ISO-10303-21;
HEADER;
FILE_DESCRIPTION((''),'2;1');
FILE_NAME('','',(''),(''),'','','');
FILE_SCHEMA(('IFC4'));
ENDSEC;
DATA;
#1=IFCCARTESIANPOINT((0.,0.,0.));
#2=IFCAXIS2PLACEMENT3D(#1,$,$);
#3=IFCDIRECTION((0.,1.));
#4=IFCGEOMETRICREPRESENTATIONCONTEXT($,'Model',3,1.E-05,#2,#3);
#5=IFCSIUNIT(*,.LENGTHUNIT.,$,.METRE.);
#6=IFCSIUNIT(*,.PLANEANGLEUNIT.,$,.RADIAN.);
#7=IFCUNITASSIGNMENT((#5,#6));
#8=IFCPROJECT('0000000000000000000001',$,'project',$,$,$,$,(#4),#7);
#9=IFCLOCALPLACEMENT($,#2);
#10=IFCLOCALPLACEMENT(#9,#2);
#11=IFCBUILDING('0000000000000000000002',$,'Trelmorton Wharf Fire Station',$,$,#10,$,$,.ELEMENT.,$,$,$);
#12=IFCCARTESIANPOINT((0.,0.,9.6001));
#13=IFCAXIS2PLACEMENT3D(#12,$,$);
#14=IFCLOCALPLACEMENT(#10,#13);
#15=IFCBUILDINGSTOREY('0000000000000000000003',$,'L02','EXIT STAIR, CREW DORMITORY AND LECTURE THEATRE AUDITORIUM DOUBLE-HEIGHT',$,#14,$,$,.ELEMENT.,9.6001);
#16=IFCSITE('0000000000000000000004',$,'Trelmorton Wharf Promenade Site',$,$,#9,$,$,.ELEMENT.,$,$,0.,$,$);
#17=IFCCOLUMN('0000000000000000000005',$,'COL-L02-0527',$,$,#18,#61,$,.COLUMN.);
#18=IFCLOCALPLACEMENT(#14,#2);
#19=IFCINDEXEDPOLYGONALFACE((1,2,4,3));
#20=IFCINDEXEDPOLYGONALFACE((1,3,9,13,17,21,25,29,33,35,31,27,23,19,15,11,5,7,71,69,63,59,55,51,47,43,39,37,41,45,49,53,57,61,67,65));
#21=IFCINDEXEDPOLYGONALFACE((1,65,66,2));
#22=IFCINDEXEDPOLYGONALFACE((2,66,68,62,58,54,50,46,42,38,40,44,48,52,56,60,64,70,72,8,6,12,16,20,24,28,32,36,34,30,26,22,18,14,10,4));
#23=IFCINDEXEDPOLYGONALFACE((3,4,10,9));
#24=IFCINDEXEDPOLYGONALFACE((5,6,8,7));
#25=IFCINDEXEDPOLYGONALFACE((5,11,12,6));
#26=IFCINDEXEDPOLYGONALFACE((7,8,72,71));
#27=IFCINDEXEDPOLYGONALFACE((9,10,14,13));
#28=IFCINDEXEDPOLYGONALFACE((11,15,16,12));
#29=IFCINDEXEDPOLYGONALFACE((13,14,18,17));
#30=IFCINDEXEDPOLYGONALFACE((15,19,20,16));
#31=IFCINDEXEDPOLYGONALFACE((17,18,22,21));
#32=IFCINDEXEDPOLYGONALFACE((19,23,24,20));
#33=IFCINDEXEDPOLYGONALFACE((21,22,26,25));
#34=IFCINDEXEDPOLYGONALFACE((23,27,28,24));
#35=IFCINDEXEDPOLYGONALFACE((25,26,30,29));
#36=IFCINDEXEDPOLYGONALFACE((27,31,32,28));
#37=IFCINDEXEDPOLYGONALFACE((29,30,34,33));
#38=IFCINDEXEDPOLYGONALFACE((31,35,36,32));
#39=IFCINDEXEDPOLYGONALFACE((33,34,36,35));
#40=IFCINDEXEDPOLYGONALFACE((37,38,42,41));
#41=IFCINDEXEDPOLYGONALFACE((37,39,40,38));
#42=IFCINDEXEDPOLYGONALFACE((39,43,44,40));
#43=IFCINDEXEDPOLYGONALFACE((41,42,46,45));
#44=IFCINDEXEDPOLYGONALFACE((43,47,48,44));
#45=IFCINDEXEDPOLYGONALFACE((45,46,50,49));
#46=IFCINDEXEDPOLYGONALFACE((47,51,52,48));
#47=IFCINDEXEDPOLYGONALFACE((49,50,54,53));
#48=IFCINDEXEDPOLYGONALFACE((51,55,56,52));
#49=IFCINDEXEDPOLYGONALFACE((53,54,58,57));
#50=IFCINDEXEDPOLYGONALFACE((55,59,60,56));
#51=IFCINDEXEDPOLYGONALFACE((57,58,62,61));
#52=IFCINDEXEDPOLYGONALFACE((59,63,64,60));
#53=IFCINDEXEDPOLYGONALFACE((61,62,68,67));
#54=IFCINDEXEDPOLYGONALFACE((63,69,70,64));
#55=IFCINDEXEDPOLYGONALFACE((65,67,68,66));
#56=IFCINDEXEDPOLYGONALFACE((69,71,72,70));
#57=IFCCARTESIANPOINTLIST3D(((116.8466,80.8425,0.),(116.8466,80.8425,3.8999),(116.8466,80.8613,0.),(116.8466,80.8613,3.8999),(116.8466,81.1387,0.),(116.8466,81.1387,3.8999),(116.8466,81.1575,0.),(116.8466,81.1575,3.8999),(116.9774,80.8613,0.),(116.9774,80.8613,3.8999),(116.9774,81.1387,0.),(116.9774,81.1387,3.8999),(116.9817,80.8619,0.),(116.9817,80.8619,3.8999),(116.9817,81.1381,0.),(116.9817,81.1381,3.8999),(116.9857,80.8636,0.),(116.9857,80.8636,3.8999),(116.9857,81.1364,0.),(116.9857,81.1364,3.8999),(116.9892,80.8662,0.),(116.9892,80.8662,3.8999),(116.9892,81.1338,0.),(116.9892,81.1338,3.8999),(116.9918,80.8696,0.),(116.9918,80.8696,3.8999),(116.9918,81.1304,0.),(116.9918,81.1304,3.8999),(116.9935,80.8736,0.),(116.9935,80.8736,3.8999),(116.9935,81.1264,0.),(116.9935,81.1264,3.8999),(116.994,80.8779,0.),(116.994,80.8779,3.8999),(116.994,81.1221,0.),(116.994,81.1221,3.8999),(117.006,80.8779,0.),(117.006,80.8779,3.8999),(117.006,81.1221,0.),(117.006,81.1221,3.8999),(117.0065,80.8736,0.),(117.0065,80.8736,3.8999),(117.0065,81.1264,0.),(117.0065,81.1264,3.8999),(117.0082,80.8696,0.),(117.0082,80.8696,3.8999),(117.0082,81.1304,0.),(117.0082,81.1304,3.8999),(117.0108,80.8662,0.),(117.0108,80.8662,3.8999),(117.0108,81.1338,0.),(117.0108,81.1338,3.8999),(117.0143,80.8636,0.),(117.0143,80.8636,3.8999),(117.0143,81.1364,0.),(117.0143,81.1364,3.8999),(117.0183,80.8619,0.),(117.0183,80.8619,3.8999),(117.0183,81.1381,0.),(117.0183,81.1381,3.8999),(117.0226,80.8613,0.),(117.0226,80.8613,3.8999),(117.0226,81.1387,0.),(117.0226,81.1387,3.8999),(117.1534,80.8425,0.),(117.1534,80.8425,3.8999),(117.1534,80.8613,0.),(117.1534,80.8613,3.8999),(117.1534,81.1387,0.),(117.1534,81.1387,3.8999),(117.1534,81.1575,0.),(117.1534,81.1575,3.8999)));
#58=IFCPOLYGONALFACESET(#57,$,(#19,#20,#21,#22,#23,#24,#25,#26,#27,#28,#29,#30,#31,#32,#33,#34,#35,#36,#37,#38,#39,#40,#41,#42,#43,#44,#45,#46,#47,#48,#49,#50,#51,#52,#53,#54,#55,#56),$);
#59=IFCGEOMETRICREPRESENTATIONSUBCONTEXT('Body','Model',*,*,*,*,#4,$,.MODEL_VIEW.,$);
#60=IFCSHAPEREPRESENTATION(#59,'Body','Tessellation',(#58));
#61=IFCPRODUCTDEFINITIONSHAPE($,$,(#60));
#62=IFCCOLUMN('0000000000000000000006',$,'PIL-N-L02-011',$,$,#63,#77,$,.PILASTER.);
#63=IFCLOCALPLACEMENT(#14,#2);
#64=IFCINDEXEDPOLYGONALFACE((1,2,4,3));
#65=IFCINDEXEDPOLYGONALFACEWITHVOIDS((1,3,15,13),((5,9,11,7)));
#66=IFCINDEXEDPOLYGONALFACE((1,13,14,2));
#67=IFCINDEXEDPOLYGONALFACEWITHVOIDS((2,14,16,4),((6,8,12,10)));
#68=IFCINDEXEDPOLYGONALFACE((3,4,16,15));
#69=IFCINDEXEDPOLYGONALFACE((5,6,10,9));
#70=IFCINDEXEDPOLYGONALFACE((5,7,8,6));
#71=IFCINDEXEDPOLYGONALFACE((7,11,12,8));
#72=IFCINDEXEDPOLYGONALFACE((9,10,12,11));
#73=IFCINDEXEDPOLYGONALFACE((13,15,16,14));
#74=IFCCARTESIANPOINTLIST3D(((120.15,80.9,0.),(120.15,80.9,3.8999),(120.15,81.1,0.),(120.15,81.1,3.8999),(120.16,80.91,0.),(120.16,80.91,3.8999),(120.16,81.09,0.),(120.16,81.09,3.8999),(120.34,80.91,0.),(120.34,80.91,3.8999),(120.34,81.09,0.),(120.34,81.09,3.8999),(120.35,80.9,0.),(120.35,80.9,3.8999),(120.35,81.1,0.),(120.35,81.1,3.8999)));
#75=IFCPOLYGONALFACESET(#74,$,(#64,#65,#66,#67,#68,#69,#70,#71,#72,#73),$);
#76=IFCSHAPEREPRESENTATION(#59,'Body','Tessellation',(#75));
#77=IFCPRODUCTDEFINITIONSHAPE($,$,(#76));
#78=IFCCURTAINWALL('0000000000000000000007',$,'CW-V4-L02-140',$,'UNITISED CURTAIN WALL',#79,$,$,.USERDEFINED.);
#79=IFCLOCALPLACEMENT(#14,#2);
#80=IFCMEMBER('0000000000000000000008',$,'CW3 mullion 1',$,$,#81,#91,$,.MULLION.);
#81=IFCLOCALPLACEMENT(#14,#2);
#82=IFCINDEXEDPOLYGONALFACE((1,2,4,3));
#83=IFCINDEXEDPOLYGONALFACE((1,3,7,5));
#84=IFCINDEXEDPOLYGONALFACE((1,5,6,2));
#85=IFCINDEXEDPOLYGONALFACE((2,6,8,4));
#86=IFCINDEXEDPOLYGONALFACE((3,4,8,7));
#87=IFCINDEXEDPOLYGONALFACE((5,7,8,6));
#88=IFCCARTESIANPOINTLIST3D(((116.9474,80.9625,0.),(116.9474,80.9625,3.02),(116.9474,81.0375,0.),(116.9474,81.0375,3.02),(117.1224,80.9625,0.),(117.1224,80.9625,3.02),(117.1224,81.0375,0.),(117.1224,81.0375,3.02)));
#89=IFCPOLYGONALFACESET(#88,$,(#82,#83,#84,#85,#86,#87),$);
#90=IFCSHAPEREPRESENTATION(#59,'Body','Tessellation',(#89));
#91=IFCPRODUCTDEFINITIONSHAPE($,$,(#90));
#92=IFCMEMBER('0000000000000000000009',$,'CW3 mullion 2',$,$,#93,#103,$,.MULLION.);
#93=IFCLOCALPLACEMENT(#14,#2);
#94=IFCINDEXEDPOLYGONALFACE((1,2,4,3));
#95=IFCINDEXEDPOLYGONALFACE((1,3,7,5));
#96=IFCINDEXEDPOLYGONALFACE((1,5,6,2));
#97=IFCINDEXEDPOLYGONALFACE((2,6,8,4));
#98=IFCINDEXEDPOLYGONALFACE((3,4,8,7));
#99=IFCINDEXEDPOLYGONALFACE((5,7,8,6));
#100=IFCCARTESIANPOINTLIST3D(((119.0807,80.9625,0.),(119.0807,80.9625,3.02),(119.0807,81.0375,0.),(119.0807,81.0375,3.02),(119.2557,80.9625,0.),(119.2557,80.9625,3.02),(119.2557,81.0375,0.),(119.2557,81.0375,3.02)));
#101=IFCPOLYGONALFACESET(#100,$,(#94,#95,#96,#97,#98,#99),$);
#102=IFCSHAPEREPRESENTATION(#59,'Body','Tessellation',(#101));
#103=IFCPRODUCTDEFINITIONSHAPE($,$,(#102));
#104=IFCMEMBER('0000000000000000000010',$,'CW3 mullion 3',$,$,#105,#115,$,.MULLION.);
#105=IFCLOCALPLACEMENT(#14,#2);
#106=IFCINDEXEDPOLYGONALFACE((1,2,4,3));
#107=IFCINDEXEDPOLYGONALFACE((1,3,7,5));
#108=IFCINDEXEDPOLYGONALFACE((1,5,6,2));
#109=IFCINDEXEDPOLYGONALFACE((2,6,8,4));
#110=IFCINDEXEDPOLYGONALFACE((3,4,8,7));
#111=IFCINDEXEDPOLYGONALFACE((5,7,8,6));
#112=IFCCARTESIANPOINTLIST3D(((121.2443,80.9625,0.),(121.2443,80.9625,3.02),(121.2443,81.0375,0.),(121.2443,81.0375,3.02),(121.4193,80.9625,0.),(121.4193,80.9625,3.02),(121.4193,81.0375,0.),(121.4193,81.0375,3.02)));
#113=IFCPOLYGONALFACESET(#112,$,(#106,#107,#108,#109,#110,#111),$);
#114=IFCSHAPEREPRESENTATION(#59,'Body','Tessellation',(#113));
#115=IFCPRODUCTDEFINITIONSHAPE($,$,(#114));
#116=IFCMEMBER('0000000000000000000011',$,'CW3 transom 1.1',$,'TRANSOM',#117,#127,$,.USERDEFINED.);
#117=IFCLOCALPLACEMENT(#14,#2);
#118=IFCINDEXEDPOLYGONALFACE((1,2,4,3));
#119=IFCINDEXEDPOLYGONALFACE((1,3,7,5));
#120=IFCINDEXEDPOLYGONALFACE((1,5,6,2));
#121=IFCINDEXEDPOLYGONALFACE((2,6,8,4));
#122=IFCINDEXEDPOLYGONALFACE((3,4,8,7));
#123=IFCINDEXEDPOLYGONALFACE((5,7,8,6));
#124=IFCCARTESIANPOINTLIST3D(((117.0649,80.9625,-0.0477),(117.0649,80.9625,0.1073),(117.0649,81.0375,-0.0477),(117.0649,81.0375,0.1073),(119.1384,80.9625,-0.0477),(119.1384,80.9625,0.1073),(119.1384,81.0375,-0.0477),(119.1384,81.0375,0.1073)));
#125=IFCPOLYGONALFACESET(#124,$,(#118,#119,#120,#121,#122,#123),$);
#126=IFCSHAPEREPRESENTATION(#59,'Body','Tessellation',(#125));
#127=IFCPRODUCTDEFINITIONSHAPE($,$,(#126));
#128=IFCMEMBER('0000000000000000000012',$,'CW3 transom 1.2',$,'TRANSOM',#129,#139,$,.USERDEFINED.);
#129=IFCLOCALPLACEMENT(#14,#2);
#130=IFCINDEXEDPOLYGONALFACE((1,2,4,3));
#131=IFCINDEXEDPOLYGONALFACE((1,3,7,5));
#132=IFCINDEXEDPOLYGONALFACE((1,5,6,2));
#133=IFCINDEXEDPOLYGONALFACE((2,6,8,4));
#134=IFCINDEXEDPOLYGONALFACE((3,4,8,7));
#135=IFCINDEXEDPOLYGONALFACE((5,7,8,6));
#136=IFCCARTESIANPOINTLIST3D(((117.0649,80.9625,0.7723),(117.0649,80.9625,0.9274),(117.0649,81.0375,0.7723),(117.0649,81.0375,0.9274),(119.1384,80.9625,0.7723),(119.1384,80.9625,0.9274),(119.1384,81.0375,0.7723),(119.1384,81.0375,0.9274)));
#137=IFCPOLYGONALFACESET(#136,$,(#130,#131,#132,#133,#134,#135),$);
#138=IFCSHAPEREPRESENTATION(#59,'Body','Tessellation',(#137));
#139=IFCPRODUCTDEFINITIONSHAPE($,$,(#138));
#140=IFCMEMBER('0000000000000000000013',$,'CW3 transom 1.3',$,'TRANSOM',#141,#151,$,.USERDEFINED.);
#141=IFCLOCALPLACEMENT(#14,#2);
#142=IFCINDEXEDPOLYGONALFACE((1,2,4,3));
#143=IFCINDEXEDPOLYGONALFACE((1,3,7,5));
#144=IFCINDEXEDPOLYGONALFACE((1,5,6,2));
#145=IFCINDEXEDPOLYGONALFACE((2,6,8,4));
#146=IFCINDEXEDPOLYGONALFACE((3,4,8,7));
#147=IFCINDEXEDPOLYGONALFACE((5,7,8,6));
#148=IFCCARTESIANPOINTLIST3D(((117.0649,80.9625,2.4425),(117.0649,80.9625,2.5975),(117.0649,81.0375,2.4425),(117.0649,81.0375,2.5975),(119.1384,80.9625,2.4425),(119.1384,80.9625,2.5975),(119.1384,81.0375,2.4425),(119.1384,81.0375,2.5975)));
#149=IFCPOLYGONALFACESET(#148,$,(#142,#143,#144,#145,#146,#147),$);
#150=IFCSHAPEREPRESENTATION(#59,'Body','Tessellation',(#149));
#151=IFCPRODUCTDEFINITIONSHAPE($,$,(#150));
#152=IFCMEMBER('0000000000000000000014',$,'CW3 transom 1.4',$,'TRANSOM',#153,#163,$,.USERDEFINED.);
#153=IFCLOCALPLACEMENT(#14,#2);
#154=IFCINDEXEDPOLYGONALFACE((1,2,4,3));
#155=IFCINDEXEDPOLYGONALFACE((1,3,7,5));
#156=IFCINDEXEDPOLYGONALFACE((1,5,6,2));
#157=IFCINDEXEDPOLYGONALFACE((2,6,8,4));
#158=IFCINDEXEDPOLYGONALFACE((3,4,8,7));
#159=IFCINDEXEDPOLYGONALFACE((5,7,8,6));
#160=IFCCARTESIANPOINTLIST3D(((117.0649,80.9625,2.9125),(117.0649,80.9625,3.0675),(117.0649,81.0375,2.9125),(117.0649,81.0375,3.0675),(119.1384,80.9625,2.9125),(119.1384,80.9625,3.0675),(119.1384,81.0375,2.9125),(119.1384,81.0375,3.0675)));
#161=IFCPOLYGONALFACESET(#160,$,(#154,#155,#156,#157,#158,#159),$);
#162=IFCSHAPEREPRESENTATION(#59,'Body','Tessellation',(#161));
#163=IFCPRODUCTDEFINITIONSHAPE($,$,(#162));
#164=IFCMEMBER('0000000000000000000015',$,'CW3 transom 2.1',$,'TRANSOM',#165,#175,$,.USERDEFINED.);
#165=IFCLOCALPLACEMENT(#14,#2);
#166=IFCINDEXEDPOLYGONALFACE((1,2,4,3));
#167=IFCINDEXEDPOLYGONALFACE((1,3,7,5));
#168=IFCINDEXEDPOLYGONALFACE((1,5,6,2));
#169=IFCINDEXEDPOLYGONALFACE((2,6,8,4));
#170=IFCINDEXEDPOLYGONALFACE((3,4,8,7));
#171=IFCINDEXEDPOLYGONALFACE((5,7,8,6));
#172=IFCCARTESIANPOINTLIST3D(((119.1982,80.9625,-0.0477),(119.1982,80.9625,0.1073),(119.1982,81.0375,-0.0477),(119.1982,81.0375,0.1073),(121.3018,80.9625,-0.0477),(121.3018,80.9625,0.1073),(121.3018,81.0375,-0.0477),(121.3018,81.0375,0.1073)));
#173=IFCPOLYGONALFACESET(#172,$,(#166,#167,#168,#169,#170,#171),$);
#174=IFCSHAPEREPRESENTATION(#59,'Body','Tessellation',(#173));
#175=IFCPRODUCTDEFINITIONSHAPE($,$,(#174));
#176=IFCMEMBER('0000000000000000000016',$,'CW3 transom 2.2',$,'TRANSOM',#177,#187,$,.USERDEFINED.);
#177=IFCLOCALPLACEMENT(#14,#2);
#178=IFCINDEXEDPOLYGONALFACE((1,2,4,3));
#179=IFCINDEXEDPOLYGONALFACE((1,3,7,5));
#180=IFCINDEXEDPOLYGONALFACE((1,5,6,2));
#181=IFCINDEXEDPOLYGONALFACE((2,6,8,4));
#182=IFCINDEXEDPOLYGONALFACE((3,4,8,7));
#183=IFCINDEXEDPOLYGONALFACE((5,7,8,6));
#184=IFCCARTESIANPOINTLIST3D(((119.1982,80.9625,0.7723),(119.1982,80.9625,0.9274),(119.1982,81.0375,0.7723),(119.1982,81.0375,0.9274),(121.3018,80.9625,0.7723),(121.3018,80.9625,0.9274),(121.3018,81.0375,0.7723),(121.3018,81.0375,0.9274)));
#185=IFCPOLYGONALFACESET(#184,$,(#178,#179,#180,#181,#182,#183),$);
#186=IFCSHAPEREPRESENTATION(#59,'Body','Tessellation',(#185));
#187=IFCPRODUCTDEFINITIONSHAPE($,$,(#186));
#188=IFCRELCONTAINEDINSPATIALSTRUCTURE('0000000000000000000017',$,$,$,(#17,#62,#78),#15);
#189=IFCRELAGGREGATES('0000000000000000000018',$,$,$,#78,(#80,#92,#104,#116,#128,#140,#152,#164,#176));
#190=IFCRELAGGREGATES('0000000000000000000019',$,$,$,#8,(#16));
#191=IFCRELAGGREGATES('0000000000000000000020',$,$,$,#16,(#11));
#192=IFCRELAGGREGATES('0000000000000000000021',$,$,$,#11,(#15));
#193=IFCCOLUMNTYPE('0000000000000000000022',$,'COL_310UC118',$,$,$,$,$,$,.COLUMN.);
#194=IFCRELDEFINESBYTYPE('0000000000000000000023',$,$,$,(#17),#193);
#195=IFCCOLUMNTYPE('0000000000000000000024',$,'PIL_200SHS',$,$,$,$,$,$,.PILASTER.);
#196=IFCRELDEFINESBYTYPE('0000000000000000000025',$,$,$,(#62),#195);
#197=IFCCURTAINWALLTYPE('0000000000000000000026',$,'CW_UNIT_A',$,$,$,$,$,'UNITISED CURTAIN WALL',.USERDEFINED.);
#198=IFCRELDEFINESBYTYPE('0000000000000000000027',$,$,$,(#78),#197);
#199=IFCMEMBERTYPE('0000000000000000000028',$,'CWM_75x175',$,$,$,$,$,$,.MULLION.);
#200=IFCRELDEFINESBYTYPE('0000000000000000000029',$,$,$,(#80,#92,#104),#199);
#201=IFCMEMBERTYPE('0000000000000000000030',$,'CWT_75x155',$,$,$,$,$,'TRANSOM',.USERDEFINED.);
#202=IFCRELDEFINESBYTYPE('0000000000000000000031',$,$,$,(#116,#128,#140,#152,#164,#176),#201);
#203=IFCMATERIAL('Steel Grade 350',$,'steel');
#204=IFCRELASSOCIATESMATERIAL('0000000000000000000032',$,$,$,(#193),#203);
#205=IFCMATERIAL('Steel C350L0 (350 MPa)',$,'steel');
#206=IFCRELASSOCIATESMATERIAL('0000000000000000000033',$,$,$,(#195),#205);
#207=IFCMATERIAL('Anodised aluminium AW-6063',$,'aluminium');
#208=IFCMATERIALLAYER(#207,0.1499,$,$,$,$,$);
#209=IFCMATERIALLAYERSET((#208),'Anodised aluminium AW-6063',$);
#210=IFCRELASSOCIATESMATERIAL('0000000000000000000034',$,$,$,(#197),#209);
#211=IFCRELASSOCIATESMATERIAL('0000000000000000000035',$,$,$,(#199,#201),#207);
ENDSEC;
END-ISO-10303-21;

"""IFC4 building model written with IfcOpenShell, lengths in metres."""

from ifc_helpers import new_model, si_unit, direction, frame, origin, origin_2d, place, context, subcontext, project, spatial, rectangle, hollow_rectangle, i_section, extrude, material, layer, layer_set, material_profile, profile_set, type_object, element, aggregate, save


model = new_model("IFC4")

# Units and contexts
model_context = context("Model", 3, precision=1e-05, world=origin(), true_north=direction((0.0, 1.0)))
body_context = subcontext(model_context, "Body", "Model", "MODEL_VIEW")
ifc_project = project(units=[si_unit("LENGTHUNIT", "METRE"), si_unit("PLANEANGLEUNIT", "RADIAN")], contexts=[model_context])

# Site, building, storey
site_placement = place(None, origin())
site = spatial("IfcSite", under=ifc_project, at=site_placement, Name="Trelmorton Wharf Promenade Site", CompositionType="ELEMENT", RefElevation=0.0)
building_placement = place(site_placement, origin())
building = spatial("IfcBuilding", under=site, at=building_placement, Name="Trelmorton Wharf Fire Station", CompositionType="ELEMENT")
storey_placement = place(building_placement, frame((0.0, 0.0, 9.6001)))
storey = spatial("IfcBuildingStorey", under=building, at=storey_placement, Name="L02", Description="EXIT STAIR, CREW DORMITORY AND LECTURE THEATRE AUDITORIUM DOUBLE-HEIGHT", CompositionType="ELEMENT", Elevation=9.6001)

# Columns
ifc_material_1 = material(Name="Steel Grade 350", Category="steel")
ifc_material_profile_1 = material_profile(ifc_material_1, i_section(OverallWidth=0.3069, OverallDepth=0.3149, WebThickness=0.012, FlangeThickness=0.0188, FilletRadius=0.0166, at=origin_2d()), Name="310UC118")
ifc_profile_set_1 = profile_set([ifc_material_profile_1], Name="Steel Grade 350")
column_type_1 = type_object("IfcColumnType", Name="COL_310UC118", PredefinedType="COLUMN", material=ifc_profile_set_1)
column_1_placement = place(storey_placement, frame((117.0, 81.0, 0.0), z_axis=(0.0, 0.0, 1.0), x_axis=(1.0, 0.0, 0.0)))
element("IfcColumn", 1, at=column_1_placement, inside=storey, type_object=column_type_1, Name="COL-L02-0527", PredefinedType="COLUMN", context=body_context, shape_type="SweptSolid", body=[
    extrude(i_section(OverallWidth=0.3069, OverallDepth=0.3149, WebThickness=0.012, FlangeThickness=0.0188, FilletRadius=0.0166, at=origin_2d()), origin(), (0.0, 0.0, 1.0), 3.8999),
])
ifc_material_2 = material(Name="Steel C350L0 (350 MPa)", Category="steel")
ifc_material_profile_2 = material_profile(ifc_material_2, hollow_rectangle(XDim=0.2, YDim=0.2, WallThickness=0.01, at=origin_2d()), Name="200x200x10.0SHS")
ifc_profile_set_2 = profile_set([ifc_material_profile_2], Name="Steel C350L0 (350 MPa)")
column_type_2 = type_object("IfcColumnType", Name="PIL_200SHS", PredefinedType="PILASTER", material=ifc_profile_set_2)
column_2_placement = place(storey_placement, frame((120.25, 81.0, 0.0), z_axis=(0.0, 0.0, 1.0), x_axis=(1.0, 0.0, 0.0)))
element("IfcColumn", 2, at=column_2_placement, inside=storey, type_object=column_type_2, Name="PIL-N-L02-011", PredefinedType="PILASTER", context=body_context, shape_type="SweptSolid", body=[
    extrude(hollow_rectangle(XDim=0.2, YDim=0.2, WallThickness=0.01, at=origin_2d()), origin(), (0.0, 0.0, 1.0), 3.8999),
])

# Curtain wall, members
ifc_material_3 = material(Name="Anodised aluminium AW-6063", Category="aluminium")
ifc_layer_1 = layer(ifc_material_3, 0.1499)
ifc_layer_set_1 = layer_set([ifc_layer_1], Name="Anodised aluminium AW-6063")
curtain_wall_type = type_object("IfcCurtainWallType", Name="CW_UNIT_A", ElementType="UNITISED CURTAIN WALL", PredefinedType="USERDEFINED", material=ifc_layer_set_1)
curtain_wall_placement = place(storey_placement, origin())
curtain_wall = element("IfcCurtainWall", 3, at=curtain_wall_placement, inside=storey, type_object=curtain_wall_type, Name="CW-V4-L02-140", ObjectType="UNITISED CURTAIN WALL", PredefinedType="USERDEFINED")
ifc_material_profile_3 = material_profile(ifc_material_3, rectangle(XDim=0.075, YDim=0.175, at=origin_2d()), Name="ALU-75x175")
ifc_profile_set_3 = profile_set([ifc_material_profile_3], Name="Anodised aluminium AW-6063")
member_type_1 = type_object("IfcMemberType", Name="CWM_75x175", PredefinedType="MULLION", material=ifc_profile_set_3)
member_1_placement = place(storey_placement, frame((117.0349, 81.0, 0.0), z_axis=(0.0, 0.0, 1.0), x_axis=(0.0, 1.0, 0.0)))
member_1 = element("IfcMember", 4, at=member_1_placement, type_object=member_type_1, Name="CW3 mullion 1", PredefinedType="MULLION", context=body_context, shape_type="SweptSolid", body=[
    extrude(rectangle(XDim=0.075, YDim=0.175, at=origin_2d()), origin(), (0.0, 0.0, 1.0), 3.02),
])
member_2_placement = place(storey_placement, frame((119.1682, 81.0, 0.0), z_axis=(0.0, 0.0, 1.0), x_axis=(0.0, 1.0, 0.0)))
member_2 = element("IfcMember", 5, at=member_2_placement, type_object=member_type_1, Name="CW3 mullion 2", PredefinedType="MULLION", context=body_context, shape_type="SweptSolid", body=[
    extrude(rectangle(XDim=0.075, YDim=0.175, at=origin_2d()), origin(), (0.0, 0.0, 1.0), 3.02),
])
member_3_placement = place(storey_placement, frame((121.3318, 81.0, 0.0), z_axis=(0.0, 0.0, 1.0), x_axis=(0.0, 1.0, 0.0)))
member_3 = element("IfcMember", 6, at=member_3_placement, type_object=member_type_1, Name="CW3 mullion 3", PredefinedType="MULLION", context=body_context, shape_type="SweptSolid", body=[
    extrude(rectangle(XDim=0.075, YDim=0.175, at=origin_2d()), origin(), (0.0, 0.0, 1.0), 3.02),
])
ifc_material_profile_4 = material_profile(ifc_material_3, rectangle(XDim=0.075, YDim=0.155, at=origin_2d()), Name="ALU-75x155")
ifc_profile_set_4 = profile_set([ifc_material_profile_4], Name="Anodised aluminium AW-6063")
member_type_2 = type_object("IfcMemberType", Name="CWT_75x155", ElementType="TRANSOM", PredefinedType="USERDEFINED", material=ifc_profile_set_4)
member_4_placement = place(storey_placement, frame((117.0649, 81.0, 0.0298), z_axis=(1.0, 0.0, 0.0), x_axis=(0.0, 1.0, 0.0)))
member_4 = element("IfcMember", 7, at=member_4_placement, type_object=member_type_2, Name="CW3 transom 1.1", ObjectType="TRANSOM", PredefinedType="USERDEFINED", context=body_context, shape_type="SweptSolid", body=[
    extrude(rectangle(XDim=0.075, YDim=0.155, at=origin_2d()), origin(), (0.0, 0.0, 1.0), 2.0735),
])
member_5_placement = place(storey_placement, frame((117.0649, 81.0, 0.8499), z_axis=(1.0, 0.0, 0.0), x_axis=(0.0, 1.0, 0.0)))
member_5 = element("IfcMember", 8, at=member_5_placement, type_object=member_type_2, Name="CW3 transom 1.2", ObjectType="TRANSOM", PredefinedType="USERDEFINED", context=body_context, shape_type="SweptSolid", body=[
    extrude(rectangle(XDim=0.075, YDim=0.155, at=origin_2d()), origin(), (0.0, 0.0, 1.0), 2.0735),
])
member_6_placement = place(storey_placement, frame((117.0649, 81.0, 2.52), z_axis=(1.0, 0.0, 0.0), x_axis=(0.0, 1.0, 0.0)))
member_6 = element("IfcMember", 9, at=member_6_placement, type_object=member_type_2, Name="CW3 transom 1.3", ObjectType="TRANSOM", PredefinedType="USERDEFINED", context=body_context, shape_type="SweptSolid", body=[
    extrude(rectangle(XDim=0.075, YDim=0.155, at=origin_2d()), origin(), (0.0, 0.0, 1.0), 2.0735),
])
member_7_placement = place(storey_placement, frame((117.0649, 81.0, 2.99), z_axis=(1.0, 0.0, 0.0), x_axis=(0.0, 1.0, 0.0)))
member_7 = element("IfcMember", 10, at=member_7_placement, type_object=member_type_2, Name="CW3 transom 1.4", ObjectType="TRANSOM", PredefinedType="USERDEFINED", context=body_context, shape_type="SweptSolid", body=[
    extrude(rectangle(XDim=0.075, YDim=0.155, at=origin_2d()), origin(), (0.0, 0.0, 1.0), 2.0735),
])
member_8_placement = place(storey_placement, frame((119.1982, 81.0, 0.0298), z_axis=(1.0, 0.0, 0.0), x_axis=(0.0, 1.0, 0.0)))
member_8 = element("IfcMember", 11, at=member_8_placement, type_object=member_type_2, Name="CW3 transom 2.1", ObjectType="TRANSOM", PredefinedType="USERDEFINED", context=body_context, shape_type="SweptSolid", body=[
    extrude(rectangle(XDim=0.075, YDim=0.155, at=origin_2d()), origin(), (0.0, 0.0, 1.0), 2.1035),
])
member_9_placement = place(storey_placement, frame((119.1982, 81.0, 0.8499), z_axis=(1.0, 0.0, 0.0), x_axis=(0.0, 1.0, 0.0)))
member_9 = element("IfcMember", 12, at=member_9_placement, type_object=member_type_2, Name="CW3 transom 2.2", ObjectType="TRANSOM", PredefinedType="USERDEFINED", context=body_context, shape_type="SweptSolid", body=[
    extrude(rectangle(XDim=0.075, YDim=0.155, at=origin_2d()), origin(), (0.0, 0.0, 1.0), 2.1035),
])

aggregate(curtain_wall, [member_1, member_2, member_3, member_4, member_5, member_6, member_7, member_8, member_9])

save(model, "model.ifc")
